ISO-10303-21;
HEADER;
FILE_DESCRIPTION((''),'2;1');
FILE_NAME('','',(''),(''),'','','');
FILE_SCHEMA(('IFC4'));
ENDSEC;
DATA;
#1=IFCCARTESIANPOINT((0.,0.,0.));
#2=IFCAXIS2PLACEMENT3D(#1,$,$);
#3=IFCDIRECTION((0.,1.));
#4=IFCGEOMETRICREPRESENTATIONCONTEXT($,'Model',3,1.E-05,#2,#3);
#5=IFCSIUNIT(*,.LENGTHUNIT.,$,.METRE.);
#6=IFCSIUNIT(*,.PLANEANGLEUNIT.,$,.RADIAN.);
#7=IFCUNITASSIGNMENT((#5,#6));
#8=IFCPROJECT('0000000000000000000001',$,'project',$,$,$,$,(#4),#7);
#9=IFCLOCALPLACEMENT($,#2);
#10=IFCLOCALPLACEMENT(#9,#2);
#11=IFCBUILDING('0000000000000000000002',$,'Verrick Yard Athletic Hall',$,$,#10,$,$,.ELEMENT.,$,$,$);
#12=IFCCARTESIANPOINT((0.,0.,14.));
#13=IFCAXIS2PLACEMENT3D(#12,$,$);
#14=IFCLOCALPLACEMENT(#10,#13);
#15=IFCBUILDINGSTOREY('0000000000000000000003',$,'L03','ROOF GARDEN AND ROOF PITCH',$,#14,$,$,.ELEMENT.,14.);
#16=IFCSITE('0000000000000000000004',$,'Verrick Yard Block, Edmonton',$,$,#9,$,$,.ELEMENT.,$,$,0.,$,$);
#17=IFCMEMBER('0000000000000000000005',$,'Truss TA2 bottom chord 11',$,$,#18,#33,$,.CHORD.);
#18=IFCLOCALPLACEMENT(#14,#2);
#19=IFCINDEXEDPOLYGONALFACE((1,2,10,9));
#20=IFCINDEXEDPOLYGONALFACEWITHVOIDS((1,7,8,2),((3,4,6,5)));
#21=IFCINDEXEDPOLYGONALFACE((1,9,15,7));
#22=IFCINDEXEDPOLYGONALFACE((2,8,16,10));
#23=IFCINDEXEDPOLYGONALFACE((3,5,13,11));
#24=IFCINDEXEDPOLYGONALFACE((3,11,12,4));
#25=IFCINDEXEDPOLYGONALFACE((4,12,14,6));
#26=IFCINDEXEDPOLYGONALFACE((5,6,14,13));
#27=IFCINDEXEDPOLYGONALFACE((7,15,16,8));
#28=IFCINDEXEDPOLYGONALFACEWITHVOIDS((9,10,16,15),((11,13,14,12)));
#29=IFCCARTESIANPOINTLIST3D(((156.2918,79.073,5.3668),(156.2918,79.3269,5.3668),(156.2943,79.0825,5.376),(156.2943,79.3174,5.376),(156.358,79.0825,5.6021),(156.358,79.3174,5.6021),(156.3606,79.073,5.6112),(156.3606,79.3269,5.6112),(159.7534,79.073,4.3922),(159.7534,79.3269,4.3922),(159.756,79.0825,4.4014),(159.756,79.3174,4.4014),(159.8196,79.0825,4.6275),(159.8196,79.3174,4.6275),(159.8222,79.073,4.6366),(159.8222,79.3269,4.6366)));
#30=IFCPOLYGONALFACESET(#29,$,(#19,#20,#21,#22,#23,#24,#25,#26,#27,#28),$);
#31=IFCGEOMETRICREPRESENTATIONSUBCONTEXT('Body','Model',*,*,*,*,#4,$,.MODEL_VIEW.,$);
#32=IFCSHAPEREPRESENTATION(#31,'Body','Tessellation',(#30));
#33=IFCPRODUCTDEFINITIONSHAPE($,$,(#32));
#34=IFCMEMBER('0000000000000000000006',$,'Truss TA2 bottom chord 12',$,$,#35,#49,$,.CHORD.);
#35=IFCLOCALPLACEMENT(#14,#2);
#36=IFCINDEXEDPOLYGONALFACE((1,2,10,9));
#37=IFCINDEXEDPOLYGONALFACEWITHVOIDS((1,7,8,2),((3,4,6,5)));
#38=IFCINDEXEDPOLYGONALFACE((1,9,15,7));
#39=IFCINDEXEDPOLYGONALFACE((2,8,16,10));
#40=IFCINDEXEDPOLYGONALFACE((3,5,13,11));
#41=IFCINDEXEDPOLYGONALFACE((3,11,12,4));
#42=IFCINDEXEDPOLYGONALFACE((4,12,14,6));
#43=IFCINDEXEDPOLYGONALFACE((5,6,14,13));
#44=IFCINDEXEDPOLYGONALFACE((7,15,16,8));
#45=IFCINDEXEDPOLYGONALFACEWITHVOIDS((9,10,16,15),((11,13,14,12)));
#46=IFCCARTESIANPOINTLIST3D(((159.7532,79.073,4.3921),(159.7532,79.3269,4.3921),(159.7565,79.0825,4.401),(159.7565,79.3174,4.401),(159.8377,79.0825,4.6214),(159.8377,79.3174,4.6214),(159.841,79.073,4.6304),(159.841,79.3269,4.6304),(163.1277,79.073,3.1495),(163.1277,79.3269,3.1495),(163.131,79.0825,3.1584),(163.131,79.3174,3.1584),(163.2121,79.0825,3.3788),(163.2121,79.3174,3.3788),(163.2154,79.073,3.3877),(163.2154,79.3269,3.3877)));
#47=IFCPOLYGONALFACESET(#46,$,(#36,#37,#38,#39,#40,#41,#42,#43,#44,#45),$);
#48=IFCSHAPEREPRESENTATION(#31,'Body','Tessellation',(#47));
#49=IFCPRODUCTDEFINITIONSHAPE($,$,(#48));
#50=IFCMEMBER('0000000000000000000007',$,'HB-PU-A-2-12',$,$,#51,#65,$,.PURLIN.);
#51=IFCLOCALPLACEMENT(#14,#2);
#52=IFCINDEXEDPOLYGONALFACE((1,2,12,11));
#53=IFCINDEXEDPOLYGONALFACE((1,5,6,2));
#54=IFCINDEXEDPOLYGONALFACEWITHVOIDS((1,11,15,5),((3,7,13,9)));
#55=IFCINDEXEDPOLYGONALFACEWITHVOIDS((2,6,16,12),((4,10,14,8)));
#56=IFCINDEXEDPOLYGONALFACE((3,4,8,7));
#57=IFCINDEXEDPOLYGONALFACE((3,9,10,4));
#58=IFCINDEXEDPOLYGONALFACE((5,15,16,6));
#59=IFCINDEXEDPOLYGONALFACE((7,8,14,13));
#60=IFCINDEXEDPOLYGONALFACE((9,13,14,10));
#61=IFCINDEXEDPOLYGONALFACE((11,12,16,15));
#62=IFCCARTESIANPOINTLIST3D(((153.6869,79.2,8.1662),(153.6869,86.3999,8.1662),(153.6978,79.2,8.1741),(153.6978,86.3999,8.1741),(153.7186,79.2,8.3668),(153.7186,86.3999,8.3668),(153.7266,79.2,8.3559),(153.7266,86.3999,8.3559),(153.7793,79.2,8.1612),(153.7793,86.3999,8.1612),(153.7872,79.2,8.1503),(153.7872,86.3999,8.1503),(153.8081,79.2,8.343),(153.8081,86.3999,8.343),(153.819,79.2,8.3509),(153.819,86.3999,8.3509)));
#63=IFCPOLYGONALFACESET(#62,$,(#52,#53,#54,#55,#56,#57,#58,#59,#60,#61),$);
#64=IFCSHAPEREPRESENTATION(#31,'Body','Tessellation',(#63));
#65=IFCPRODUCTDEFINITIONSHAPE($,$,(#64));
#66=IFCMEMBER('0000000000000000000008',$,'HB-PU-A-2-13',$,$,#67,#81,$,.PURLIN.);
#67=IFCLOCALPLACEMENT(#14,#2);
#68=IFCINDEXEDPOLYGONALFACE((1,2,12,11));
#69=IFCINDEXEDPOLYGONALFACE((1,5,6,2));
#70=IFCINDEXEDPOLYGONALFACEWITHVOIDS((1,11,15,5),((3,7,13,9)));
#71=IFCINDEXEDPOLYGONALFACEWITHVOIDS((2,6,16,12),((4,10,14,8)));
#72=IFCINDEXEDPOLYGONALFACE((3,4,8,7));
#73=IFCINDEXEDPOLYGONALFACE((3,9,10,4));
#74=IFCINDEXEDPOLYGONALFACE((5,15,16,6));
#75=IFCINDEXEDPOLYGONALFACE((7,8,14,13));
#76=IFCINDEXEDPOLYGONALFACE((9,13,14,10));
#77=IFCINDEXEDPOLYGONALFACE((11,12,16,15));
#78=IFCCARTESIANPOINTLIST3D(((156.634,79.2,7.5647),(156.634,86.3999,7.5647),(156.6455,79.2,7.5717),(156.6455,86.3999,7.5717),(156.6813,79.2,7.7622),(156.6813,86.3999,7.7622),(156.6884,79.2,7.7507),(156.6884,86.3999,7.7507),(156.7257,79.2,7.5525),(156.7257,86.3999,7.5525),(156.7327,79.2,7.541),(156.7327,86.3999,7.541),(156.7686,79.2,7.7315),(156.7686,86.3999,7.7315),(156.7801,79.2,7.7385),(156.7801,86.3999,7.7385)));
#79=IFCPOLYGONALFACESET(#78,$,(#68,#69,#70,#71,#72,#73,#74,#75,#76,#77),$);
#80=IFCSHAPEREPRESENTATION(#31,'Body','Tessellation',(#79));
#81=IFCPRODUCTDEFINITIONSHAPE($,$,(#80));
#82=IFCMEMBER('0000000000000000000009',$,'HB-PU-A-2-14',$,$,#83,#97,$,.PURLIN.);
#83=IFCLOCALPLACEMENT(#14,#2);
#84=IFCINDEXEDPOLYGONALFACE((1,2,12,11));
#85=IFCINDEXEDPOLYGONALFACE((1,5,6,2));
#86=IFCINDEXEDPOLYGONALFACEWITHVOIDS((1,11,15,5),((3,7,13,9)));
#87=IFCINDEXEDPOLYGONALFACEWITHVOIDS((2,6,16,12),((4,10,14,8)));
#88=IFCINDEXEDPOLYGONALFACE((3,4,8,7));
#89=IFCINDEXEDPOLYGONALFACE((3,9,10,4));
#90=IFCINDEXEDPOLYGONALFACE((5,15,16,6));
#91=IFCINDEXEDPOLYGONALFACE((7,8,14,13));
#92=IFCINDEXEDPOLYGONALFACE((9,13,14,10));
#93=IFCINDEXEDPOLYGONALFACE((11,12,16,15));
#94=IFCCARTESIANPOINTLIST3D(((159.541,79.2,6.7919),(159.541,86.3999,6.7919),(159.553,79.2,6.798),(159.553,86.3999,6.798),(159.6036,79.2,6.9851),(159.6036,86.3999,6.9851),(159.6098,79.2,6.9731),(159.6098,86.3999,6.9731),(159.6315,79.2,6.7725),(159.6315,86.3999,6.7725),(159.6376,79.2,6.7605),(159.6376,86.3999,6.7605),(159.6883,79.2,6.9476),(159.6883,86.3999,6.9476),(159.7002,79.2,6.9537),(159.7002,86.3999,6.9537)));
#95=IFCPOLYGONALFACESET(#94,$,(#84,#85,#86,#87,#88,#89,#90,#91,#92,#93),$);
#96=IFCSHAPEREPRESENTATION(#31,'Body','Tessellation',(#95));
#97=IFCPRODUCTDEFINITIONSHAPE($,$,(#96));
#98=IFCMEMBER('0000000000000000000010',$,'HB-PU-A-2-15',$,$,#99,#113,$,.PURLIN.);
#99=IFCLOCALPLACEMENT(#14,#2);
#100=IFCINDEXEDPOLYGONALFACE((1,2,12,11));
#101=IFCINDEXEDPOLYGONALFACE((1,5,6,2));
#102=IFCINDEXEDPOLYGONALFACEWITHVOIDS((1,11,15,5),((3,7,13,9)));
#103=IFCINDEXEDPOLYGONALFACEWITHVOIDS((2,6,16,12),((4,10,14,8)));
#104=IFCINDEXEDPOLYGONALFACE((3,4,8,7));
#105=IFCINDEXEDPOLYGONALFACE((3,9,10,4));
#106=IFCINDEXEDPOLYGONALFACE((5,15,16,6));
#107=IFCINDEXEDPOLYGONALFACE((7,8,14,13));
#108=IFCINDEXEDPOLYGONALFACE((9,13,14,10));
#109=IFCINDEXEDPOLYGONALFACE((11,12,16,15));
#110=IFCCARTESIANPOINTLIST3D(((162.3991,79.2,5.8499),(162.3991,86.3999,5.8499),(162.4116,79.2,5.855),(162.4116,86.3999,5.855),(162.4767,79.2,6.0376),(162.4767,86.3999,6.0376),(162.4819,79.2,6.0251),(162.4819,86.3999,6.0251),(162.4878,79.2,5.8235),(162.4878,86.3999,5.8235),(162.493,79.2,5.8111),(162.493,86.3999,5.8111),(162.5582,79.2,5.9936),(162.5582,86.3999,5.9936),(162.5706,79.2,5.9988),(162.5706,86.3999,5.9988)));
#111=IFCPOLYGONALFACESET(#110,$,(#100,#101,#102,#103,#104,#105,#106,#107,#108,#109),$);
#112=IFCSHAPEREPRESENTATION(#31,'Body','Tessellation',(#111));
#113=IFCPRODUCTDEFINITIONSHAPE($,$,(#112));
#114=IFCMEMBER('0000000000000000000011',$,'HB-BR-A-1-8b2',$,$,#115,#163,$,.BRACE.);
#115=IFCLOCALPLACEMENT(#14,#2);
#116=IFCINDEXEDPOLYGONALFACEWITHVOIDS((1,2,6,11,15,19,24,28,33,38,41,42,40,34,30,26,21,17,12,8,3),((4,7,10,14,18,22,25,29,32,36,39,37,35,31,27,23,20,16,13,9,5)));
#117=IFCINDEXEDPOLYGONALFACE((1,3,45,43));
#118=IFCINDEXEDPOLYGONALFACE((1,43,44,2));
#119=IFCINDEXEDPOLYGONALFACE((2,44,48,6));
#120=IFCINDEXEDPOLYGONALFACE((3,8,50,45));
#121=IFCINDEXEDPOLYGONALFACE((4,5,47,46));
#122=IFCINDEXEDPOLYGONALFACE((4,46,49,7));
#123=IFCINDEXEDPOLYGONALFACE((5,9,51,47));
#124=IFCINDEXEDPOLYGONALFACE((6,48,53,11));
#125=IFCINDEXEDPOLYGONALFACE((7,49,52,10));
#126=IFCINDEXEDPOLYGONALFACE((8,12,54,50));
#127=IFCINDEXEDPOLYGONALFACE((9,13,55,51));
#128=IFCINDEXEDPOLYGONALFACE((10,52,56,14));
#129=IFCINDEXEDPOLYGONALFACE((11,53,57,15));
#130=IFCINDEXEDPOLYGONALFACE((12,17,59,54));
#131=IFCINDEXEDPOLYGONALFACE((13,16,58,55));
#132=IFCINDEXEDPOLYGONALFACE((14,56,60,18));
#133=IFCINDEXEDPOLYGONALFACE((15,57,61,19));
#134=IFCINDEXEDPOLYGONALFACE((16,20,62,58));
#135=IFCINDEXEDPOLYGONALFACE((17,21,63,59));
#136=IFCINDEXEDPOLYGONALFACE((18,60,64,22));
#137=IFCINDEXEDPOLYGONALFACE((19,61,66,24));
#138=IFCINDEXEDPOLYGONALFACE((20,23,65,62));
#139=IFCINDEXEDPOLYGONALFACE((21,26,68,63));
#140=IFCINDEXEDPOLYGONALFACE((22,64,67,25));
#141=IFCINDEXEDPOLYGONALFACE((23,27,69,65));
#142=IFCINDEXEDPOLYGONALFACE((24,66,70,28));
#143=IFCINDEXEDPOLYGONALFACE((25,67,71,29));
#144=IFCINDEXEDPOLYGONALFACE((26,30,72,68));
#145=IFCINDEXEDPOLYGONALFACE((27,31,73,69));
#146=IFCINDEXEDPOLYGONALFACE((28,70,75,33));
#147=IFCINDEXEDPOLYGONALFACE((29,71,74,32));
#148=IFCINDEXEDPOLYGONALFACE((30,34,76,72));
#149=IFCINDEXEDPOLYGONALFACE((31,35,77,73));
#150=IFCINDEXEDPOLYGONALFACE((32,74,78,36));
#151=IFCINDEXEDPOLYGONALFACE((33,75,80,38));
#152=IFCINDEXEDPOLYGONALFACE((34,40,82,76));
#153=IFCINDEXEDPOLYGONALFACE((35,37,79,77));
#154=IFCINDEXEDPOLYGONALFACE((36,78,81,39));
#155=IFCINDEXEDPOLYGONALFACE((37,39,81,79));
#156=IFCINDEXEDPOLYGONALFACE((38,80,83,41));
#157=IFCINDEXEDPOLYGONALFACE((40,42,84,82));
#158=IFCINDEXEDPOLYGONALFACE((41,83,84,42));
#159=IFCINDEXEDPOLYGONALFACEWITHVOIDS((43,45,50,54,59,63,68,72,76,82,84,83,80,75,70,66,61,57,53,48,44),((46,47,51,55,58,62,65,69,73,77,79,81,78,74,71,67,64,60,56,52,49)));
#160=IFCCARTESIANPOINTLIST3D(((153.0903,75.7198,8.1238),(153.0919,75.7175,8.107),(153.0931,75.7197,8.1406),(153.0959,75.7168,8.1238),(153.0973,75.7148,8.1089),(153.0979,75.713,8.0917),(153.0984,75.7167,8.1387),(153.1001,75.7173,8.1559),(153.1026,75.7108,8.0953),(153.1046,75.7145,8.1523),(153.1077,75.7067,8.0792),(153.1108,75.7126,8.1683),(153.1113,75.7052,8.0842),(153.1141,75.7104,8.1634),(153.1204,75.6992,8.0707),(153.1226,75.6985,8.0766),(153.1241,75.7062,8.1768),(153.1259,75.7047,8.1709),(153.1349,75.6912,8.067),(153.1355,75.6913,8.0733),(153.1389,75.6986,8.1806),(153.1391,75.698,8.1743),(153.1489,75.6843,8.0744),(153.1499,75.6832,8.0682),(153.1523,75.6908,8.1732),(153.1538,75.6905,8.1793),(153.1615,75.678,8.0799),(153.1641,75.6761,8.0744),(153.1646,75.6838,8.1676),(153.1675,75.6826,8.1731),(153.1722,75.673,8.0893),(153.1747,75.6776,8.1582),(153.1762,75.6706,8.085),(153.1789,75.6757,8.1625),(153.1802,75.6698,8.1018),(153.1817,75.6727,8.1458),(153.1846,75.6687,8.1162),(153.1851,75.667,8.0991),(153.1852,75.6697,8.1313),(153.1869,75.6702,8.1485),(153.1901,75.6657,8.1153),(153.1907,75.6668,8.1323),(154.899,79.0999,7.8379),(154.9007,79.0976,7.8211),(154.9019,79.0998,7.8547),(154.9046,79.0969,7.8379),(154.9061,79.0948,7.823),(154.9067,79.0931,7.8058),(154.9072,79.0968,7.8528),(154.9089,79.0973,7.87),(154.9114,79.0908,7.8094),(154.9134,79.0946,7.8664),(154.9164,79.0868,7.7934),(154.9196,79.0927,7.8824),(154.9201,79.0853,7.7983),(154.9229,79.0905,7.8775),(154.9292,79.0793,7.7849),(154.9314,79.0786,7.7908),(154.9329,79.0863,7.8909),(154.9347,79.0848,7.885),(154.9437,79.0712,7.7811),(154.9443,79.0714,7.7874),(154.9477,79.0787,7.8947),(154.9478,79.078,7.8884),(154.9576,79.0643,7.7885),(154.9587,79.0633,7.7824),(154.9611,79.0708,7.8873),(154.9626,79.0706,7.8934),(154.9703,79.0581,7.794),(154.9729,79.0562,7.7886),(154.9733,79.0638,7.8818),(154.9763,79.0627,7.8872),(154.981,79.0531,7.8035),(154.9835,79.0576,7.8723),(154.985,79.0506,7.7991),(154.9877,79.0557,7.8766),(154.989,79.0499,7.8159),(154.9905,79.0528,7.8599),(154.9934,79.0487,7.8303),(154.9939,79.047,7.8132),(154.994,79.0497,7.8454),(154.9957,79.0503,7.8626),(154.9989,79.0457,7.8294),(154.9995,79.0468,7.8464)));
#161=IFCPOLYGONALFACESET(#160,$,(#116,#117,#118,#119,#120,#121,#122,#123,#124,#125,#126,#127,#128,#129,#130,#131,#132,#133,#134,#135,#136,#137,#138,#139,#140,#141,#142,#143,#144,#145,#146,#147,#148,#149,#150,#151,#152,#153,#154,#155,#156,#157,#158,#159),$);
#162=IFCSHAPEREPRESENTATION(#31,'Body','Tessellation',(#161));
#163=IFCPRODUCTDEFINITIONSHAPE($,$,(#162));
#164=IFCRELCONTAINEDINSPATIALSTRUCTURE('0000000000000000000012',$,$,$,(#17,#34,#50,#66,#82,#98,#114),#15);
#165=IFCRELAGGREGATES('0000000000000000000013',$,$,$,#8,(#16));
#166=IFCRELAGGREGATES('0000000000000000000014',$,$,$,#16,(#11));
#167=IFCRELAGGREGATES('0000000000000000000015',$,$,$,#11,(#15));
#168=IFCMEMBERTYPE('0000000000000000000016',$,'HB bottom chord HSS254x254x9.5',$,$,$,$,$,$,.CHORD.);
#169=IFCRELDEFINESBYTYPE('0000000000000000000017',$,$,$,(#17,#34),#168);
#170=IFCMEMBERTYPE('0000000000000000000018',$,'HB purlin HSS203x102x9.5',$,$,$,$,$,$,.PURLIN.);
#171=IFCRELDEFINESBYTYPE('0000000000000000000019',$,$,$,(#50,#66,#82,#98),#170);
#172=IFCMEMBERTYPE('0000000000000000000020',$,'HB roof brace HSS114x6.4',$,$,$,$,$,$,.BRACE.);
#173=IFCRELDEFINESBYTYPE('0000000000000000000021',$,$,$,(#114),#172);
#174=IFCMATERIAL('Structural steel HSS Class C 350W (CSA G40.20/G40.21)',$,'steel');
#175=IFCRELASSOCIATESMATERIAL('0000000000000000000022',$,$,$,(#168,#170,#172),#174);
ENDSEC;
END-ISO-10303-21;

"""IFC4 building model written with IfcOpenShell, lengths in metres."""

from ifc_helpers import new_model, si_unit, direction, frame, origin, origin_2d, place, context, subcontext, project, spatial, hollow_rectangle, hollow_circle, extrude, material, material_profile, profile_set, type_object, element, save


model = new_model("IFC4")

# Units and contexts
model_context = context("Model", 3, precision=1e-05, world=origin(), true_north=direction((0.0, 1.0)))
body_context = subcontext(model_context, "Body", "Model", "MODEL_VIEW")
ifc_project = project(units=[si_unit("LENGTHUNIT", "METRE"), si_unit("PLANEANGLEUNIT", "RADIAN")], contexts=[model_context])

# Site, building, storey
site_placement = place(None, origin())
site = spatial("IfcSite", under=ifc_project, at=site_placement, Name="Verrick Yard Block, Edmonton", CompositionType="ELEMENT", RefElevation=0.0)
building_placement = place(site_placement, origin())
building = spatial("IfcBuilding", under=site, at=building_placement, Name="Verrick Yard Athletic Hall", CompositionType="ELEMENT")
storey_placement = place(building_placement, frame((0.0, 0.0, 14.0)))
storey = spatial("IfcBuildingStorey", under=building, at=storey_placement, Name="L03", Description="ROOF GARDEN AND ROOF PITCH", CompositionType="ELEMENT", Elevation=14.0)

# Members
ifc_material_1 = material(Name="Structural steel HSS Class C 350W (CSA G40.20/G40.21)", Category="steel")
ifc_material_profile_1 = material_profile(ifc_material_1, hollow_rectangle(XDim=0.2539, YDim=0.2539, WallThickness=0.0095, at=origin_2d()), Name="HSS254x254x9.5")
ifc_profile_set_1 = profile_set([ifc_material_profile_1], Name="Structural steel HSS Class C 350W (CSA G40.20/G40.21)")
member_type_1 = type_object("IfcMemberType", Name="HB bottom chord HSS254x254x9.5", PredefinedType="CHORD", material=ifc_profile_set_1)
member_1_placement = place(storey_placement, frame((156.3262, 79.2, 5.489), z_axis=(0.962577, 0.0, -0.271007), x_axis=(0.0, 1.0, 0.0)))
element("IfcMember", 1, at=member_1_placement, inside=storey, type_object=member_type_1, Name="Truss TA2 bottom chord 11", PredefinedType="CHORD", context=body_context, shape_type="SweptSolid", body=[
    extrude(hollow_rectangle(XDim=0.2539, YDim=0.2539, WallThickness=0.0095, at=origin_2d()), origin(), (0.0, 0.0, 1.0), 3.5962),
])
member_2_placement = place(storey_placement, frame((159.7971, 79.2, 4.5112), z_axis=(0.938394, 0.0, -0.345567), x_axis=(0.0, 1.0, 0.0)))
element("IfcMember", 2, at=member_2_placement, inside=storey, type_object=member_type_1, Name="Truss TA2 bottom chord 12", PredefinedType="CHORD", context=body_context, shape_type="SweptSolid", body=[
    extrude(hollow_rectangle(XDim=0.2539, YDim=0.2539, WallThickness=0.0095, at=origin_2d()), origin(), (0.0, 0.0, 1.0), 3.5959),
])
ifc_material_profile_2 = material_profile(ifc_material_1, hollow_rectangle(XDim=0.1016, YDim=0.2031, WallThickness=0.0095, at=origin_2d()), Name="HSS203x102x9.5")
ifc_profile_set_2 = profile_set([ifc_material_profile_2], Name="Structural steel HSS Class C 350W (CSA G40.20/G40.21)")
member_type_2 = type_object("IfcMemberType", Name="HB purlin HSS203x102x9.5", PredefinedType="PURLIN", material=ifc_profile_set_2)
for number, where, z_axis, x_axis, name in (
    (3, (153.7529, 79.2, 8.2585), (0.0, 1.0, 0.0), (-0.987728, 0.0, 0.156183), "HB-PU-A-2-12"),
    (4, (156.707, 79.2, 7.6516), (0.0, 1.0, 0.0), (-0.972459, 0.0, 0.233074), "HB-PU-A-2-13"),
    (5, (159.6206, 79.2, 6.8728), (0.0, 1.0, 0.0), (-0.951214, 0.0, 0.308533), "HB-PU-A-2-14"),
    (6, (162.4849, 79.2, 5.9243), (0.0, 1.0, 0.0), (-0.924123, 0.0, 0.382096), "HB-PU-A-2-15"),
):
    element("IfcMember", number, at=place(storey_placement, frame(where, z_axis=z_axis, x_axis=x_axis)), inside=storey, type_object=member_type_2, Name=name, PredefinedType="PURLIN", context=body_context, shape_type="SweptSolid", body=[
        extrude(hollow_rectangle(XDim=0.1016, YDim=0.2031, WallThickness=0.0095, at=origin_2d()), origin(), (0.0, 0.0, 1.0), 7.2),
    ])
ifc_material_profile_3 = material_profile(ifc_material_1, hollow_circle(Radius=0.0571, WallThickness=0.0063, at=origin_2d()), Name="HSS114x6.4")
ifc_profile_set_3 = profile_set([ifc_material_profile_3], Name="Structural steel HSS Class C 350W (CSA G40.20/G40.21)")
member_type_3 = type_object("IfcMemberType", Name="HB roof brace HSS114x6.4", PredefinedType="BRACE", material=ifc_profile_set_3)
member_3_placement = place(storey_placement, frame((153.1406, 75.6929, 8.1238), z_axis=(0.470521, 0.87925, -0.074366), x_axis=(-0.881691, 0.471827, 0.0)))
element("IfcMember", 7, at=member_3_placement, inside=storey, type_object=member_type_3, Name="HB-BR-A-1-8b2", PredefinedType="BRACE", context=body_context, shape_type="SweptSolid", body=[
    extrude(hollow_circle(Radius=0.0571, WallThickness=0.0063, at=origin_2d()), origin(), (0.0, 0.0, 1.0), 3.8442),
])

save(model, "model.ifc")
